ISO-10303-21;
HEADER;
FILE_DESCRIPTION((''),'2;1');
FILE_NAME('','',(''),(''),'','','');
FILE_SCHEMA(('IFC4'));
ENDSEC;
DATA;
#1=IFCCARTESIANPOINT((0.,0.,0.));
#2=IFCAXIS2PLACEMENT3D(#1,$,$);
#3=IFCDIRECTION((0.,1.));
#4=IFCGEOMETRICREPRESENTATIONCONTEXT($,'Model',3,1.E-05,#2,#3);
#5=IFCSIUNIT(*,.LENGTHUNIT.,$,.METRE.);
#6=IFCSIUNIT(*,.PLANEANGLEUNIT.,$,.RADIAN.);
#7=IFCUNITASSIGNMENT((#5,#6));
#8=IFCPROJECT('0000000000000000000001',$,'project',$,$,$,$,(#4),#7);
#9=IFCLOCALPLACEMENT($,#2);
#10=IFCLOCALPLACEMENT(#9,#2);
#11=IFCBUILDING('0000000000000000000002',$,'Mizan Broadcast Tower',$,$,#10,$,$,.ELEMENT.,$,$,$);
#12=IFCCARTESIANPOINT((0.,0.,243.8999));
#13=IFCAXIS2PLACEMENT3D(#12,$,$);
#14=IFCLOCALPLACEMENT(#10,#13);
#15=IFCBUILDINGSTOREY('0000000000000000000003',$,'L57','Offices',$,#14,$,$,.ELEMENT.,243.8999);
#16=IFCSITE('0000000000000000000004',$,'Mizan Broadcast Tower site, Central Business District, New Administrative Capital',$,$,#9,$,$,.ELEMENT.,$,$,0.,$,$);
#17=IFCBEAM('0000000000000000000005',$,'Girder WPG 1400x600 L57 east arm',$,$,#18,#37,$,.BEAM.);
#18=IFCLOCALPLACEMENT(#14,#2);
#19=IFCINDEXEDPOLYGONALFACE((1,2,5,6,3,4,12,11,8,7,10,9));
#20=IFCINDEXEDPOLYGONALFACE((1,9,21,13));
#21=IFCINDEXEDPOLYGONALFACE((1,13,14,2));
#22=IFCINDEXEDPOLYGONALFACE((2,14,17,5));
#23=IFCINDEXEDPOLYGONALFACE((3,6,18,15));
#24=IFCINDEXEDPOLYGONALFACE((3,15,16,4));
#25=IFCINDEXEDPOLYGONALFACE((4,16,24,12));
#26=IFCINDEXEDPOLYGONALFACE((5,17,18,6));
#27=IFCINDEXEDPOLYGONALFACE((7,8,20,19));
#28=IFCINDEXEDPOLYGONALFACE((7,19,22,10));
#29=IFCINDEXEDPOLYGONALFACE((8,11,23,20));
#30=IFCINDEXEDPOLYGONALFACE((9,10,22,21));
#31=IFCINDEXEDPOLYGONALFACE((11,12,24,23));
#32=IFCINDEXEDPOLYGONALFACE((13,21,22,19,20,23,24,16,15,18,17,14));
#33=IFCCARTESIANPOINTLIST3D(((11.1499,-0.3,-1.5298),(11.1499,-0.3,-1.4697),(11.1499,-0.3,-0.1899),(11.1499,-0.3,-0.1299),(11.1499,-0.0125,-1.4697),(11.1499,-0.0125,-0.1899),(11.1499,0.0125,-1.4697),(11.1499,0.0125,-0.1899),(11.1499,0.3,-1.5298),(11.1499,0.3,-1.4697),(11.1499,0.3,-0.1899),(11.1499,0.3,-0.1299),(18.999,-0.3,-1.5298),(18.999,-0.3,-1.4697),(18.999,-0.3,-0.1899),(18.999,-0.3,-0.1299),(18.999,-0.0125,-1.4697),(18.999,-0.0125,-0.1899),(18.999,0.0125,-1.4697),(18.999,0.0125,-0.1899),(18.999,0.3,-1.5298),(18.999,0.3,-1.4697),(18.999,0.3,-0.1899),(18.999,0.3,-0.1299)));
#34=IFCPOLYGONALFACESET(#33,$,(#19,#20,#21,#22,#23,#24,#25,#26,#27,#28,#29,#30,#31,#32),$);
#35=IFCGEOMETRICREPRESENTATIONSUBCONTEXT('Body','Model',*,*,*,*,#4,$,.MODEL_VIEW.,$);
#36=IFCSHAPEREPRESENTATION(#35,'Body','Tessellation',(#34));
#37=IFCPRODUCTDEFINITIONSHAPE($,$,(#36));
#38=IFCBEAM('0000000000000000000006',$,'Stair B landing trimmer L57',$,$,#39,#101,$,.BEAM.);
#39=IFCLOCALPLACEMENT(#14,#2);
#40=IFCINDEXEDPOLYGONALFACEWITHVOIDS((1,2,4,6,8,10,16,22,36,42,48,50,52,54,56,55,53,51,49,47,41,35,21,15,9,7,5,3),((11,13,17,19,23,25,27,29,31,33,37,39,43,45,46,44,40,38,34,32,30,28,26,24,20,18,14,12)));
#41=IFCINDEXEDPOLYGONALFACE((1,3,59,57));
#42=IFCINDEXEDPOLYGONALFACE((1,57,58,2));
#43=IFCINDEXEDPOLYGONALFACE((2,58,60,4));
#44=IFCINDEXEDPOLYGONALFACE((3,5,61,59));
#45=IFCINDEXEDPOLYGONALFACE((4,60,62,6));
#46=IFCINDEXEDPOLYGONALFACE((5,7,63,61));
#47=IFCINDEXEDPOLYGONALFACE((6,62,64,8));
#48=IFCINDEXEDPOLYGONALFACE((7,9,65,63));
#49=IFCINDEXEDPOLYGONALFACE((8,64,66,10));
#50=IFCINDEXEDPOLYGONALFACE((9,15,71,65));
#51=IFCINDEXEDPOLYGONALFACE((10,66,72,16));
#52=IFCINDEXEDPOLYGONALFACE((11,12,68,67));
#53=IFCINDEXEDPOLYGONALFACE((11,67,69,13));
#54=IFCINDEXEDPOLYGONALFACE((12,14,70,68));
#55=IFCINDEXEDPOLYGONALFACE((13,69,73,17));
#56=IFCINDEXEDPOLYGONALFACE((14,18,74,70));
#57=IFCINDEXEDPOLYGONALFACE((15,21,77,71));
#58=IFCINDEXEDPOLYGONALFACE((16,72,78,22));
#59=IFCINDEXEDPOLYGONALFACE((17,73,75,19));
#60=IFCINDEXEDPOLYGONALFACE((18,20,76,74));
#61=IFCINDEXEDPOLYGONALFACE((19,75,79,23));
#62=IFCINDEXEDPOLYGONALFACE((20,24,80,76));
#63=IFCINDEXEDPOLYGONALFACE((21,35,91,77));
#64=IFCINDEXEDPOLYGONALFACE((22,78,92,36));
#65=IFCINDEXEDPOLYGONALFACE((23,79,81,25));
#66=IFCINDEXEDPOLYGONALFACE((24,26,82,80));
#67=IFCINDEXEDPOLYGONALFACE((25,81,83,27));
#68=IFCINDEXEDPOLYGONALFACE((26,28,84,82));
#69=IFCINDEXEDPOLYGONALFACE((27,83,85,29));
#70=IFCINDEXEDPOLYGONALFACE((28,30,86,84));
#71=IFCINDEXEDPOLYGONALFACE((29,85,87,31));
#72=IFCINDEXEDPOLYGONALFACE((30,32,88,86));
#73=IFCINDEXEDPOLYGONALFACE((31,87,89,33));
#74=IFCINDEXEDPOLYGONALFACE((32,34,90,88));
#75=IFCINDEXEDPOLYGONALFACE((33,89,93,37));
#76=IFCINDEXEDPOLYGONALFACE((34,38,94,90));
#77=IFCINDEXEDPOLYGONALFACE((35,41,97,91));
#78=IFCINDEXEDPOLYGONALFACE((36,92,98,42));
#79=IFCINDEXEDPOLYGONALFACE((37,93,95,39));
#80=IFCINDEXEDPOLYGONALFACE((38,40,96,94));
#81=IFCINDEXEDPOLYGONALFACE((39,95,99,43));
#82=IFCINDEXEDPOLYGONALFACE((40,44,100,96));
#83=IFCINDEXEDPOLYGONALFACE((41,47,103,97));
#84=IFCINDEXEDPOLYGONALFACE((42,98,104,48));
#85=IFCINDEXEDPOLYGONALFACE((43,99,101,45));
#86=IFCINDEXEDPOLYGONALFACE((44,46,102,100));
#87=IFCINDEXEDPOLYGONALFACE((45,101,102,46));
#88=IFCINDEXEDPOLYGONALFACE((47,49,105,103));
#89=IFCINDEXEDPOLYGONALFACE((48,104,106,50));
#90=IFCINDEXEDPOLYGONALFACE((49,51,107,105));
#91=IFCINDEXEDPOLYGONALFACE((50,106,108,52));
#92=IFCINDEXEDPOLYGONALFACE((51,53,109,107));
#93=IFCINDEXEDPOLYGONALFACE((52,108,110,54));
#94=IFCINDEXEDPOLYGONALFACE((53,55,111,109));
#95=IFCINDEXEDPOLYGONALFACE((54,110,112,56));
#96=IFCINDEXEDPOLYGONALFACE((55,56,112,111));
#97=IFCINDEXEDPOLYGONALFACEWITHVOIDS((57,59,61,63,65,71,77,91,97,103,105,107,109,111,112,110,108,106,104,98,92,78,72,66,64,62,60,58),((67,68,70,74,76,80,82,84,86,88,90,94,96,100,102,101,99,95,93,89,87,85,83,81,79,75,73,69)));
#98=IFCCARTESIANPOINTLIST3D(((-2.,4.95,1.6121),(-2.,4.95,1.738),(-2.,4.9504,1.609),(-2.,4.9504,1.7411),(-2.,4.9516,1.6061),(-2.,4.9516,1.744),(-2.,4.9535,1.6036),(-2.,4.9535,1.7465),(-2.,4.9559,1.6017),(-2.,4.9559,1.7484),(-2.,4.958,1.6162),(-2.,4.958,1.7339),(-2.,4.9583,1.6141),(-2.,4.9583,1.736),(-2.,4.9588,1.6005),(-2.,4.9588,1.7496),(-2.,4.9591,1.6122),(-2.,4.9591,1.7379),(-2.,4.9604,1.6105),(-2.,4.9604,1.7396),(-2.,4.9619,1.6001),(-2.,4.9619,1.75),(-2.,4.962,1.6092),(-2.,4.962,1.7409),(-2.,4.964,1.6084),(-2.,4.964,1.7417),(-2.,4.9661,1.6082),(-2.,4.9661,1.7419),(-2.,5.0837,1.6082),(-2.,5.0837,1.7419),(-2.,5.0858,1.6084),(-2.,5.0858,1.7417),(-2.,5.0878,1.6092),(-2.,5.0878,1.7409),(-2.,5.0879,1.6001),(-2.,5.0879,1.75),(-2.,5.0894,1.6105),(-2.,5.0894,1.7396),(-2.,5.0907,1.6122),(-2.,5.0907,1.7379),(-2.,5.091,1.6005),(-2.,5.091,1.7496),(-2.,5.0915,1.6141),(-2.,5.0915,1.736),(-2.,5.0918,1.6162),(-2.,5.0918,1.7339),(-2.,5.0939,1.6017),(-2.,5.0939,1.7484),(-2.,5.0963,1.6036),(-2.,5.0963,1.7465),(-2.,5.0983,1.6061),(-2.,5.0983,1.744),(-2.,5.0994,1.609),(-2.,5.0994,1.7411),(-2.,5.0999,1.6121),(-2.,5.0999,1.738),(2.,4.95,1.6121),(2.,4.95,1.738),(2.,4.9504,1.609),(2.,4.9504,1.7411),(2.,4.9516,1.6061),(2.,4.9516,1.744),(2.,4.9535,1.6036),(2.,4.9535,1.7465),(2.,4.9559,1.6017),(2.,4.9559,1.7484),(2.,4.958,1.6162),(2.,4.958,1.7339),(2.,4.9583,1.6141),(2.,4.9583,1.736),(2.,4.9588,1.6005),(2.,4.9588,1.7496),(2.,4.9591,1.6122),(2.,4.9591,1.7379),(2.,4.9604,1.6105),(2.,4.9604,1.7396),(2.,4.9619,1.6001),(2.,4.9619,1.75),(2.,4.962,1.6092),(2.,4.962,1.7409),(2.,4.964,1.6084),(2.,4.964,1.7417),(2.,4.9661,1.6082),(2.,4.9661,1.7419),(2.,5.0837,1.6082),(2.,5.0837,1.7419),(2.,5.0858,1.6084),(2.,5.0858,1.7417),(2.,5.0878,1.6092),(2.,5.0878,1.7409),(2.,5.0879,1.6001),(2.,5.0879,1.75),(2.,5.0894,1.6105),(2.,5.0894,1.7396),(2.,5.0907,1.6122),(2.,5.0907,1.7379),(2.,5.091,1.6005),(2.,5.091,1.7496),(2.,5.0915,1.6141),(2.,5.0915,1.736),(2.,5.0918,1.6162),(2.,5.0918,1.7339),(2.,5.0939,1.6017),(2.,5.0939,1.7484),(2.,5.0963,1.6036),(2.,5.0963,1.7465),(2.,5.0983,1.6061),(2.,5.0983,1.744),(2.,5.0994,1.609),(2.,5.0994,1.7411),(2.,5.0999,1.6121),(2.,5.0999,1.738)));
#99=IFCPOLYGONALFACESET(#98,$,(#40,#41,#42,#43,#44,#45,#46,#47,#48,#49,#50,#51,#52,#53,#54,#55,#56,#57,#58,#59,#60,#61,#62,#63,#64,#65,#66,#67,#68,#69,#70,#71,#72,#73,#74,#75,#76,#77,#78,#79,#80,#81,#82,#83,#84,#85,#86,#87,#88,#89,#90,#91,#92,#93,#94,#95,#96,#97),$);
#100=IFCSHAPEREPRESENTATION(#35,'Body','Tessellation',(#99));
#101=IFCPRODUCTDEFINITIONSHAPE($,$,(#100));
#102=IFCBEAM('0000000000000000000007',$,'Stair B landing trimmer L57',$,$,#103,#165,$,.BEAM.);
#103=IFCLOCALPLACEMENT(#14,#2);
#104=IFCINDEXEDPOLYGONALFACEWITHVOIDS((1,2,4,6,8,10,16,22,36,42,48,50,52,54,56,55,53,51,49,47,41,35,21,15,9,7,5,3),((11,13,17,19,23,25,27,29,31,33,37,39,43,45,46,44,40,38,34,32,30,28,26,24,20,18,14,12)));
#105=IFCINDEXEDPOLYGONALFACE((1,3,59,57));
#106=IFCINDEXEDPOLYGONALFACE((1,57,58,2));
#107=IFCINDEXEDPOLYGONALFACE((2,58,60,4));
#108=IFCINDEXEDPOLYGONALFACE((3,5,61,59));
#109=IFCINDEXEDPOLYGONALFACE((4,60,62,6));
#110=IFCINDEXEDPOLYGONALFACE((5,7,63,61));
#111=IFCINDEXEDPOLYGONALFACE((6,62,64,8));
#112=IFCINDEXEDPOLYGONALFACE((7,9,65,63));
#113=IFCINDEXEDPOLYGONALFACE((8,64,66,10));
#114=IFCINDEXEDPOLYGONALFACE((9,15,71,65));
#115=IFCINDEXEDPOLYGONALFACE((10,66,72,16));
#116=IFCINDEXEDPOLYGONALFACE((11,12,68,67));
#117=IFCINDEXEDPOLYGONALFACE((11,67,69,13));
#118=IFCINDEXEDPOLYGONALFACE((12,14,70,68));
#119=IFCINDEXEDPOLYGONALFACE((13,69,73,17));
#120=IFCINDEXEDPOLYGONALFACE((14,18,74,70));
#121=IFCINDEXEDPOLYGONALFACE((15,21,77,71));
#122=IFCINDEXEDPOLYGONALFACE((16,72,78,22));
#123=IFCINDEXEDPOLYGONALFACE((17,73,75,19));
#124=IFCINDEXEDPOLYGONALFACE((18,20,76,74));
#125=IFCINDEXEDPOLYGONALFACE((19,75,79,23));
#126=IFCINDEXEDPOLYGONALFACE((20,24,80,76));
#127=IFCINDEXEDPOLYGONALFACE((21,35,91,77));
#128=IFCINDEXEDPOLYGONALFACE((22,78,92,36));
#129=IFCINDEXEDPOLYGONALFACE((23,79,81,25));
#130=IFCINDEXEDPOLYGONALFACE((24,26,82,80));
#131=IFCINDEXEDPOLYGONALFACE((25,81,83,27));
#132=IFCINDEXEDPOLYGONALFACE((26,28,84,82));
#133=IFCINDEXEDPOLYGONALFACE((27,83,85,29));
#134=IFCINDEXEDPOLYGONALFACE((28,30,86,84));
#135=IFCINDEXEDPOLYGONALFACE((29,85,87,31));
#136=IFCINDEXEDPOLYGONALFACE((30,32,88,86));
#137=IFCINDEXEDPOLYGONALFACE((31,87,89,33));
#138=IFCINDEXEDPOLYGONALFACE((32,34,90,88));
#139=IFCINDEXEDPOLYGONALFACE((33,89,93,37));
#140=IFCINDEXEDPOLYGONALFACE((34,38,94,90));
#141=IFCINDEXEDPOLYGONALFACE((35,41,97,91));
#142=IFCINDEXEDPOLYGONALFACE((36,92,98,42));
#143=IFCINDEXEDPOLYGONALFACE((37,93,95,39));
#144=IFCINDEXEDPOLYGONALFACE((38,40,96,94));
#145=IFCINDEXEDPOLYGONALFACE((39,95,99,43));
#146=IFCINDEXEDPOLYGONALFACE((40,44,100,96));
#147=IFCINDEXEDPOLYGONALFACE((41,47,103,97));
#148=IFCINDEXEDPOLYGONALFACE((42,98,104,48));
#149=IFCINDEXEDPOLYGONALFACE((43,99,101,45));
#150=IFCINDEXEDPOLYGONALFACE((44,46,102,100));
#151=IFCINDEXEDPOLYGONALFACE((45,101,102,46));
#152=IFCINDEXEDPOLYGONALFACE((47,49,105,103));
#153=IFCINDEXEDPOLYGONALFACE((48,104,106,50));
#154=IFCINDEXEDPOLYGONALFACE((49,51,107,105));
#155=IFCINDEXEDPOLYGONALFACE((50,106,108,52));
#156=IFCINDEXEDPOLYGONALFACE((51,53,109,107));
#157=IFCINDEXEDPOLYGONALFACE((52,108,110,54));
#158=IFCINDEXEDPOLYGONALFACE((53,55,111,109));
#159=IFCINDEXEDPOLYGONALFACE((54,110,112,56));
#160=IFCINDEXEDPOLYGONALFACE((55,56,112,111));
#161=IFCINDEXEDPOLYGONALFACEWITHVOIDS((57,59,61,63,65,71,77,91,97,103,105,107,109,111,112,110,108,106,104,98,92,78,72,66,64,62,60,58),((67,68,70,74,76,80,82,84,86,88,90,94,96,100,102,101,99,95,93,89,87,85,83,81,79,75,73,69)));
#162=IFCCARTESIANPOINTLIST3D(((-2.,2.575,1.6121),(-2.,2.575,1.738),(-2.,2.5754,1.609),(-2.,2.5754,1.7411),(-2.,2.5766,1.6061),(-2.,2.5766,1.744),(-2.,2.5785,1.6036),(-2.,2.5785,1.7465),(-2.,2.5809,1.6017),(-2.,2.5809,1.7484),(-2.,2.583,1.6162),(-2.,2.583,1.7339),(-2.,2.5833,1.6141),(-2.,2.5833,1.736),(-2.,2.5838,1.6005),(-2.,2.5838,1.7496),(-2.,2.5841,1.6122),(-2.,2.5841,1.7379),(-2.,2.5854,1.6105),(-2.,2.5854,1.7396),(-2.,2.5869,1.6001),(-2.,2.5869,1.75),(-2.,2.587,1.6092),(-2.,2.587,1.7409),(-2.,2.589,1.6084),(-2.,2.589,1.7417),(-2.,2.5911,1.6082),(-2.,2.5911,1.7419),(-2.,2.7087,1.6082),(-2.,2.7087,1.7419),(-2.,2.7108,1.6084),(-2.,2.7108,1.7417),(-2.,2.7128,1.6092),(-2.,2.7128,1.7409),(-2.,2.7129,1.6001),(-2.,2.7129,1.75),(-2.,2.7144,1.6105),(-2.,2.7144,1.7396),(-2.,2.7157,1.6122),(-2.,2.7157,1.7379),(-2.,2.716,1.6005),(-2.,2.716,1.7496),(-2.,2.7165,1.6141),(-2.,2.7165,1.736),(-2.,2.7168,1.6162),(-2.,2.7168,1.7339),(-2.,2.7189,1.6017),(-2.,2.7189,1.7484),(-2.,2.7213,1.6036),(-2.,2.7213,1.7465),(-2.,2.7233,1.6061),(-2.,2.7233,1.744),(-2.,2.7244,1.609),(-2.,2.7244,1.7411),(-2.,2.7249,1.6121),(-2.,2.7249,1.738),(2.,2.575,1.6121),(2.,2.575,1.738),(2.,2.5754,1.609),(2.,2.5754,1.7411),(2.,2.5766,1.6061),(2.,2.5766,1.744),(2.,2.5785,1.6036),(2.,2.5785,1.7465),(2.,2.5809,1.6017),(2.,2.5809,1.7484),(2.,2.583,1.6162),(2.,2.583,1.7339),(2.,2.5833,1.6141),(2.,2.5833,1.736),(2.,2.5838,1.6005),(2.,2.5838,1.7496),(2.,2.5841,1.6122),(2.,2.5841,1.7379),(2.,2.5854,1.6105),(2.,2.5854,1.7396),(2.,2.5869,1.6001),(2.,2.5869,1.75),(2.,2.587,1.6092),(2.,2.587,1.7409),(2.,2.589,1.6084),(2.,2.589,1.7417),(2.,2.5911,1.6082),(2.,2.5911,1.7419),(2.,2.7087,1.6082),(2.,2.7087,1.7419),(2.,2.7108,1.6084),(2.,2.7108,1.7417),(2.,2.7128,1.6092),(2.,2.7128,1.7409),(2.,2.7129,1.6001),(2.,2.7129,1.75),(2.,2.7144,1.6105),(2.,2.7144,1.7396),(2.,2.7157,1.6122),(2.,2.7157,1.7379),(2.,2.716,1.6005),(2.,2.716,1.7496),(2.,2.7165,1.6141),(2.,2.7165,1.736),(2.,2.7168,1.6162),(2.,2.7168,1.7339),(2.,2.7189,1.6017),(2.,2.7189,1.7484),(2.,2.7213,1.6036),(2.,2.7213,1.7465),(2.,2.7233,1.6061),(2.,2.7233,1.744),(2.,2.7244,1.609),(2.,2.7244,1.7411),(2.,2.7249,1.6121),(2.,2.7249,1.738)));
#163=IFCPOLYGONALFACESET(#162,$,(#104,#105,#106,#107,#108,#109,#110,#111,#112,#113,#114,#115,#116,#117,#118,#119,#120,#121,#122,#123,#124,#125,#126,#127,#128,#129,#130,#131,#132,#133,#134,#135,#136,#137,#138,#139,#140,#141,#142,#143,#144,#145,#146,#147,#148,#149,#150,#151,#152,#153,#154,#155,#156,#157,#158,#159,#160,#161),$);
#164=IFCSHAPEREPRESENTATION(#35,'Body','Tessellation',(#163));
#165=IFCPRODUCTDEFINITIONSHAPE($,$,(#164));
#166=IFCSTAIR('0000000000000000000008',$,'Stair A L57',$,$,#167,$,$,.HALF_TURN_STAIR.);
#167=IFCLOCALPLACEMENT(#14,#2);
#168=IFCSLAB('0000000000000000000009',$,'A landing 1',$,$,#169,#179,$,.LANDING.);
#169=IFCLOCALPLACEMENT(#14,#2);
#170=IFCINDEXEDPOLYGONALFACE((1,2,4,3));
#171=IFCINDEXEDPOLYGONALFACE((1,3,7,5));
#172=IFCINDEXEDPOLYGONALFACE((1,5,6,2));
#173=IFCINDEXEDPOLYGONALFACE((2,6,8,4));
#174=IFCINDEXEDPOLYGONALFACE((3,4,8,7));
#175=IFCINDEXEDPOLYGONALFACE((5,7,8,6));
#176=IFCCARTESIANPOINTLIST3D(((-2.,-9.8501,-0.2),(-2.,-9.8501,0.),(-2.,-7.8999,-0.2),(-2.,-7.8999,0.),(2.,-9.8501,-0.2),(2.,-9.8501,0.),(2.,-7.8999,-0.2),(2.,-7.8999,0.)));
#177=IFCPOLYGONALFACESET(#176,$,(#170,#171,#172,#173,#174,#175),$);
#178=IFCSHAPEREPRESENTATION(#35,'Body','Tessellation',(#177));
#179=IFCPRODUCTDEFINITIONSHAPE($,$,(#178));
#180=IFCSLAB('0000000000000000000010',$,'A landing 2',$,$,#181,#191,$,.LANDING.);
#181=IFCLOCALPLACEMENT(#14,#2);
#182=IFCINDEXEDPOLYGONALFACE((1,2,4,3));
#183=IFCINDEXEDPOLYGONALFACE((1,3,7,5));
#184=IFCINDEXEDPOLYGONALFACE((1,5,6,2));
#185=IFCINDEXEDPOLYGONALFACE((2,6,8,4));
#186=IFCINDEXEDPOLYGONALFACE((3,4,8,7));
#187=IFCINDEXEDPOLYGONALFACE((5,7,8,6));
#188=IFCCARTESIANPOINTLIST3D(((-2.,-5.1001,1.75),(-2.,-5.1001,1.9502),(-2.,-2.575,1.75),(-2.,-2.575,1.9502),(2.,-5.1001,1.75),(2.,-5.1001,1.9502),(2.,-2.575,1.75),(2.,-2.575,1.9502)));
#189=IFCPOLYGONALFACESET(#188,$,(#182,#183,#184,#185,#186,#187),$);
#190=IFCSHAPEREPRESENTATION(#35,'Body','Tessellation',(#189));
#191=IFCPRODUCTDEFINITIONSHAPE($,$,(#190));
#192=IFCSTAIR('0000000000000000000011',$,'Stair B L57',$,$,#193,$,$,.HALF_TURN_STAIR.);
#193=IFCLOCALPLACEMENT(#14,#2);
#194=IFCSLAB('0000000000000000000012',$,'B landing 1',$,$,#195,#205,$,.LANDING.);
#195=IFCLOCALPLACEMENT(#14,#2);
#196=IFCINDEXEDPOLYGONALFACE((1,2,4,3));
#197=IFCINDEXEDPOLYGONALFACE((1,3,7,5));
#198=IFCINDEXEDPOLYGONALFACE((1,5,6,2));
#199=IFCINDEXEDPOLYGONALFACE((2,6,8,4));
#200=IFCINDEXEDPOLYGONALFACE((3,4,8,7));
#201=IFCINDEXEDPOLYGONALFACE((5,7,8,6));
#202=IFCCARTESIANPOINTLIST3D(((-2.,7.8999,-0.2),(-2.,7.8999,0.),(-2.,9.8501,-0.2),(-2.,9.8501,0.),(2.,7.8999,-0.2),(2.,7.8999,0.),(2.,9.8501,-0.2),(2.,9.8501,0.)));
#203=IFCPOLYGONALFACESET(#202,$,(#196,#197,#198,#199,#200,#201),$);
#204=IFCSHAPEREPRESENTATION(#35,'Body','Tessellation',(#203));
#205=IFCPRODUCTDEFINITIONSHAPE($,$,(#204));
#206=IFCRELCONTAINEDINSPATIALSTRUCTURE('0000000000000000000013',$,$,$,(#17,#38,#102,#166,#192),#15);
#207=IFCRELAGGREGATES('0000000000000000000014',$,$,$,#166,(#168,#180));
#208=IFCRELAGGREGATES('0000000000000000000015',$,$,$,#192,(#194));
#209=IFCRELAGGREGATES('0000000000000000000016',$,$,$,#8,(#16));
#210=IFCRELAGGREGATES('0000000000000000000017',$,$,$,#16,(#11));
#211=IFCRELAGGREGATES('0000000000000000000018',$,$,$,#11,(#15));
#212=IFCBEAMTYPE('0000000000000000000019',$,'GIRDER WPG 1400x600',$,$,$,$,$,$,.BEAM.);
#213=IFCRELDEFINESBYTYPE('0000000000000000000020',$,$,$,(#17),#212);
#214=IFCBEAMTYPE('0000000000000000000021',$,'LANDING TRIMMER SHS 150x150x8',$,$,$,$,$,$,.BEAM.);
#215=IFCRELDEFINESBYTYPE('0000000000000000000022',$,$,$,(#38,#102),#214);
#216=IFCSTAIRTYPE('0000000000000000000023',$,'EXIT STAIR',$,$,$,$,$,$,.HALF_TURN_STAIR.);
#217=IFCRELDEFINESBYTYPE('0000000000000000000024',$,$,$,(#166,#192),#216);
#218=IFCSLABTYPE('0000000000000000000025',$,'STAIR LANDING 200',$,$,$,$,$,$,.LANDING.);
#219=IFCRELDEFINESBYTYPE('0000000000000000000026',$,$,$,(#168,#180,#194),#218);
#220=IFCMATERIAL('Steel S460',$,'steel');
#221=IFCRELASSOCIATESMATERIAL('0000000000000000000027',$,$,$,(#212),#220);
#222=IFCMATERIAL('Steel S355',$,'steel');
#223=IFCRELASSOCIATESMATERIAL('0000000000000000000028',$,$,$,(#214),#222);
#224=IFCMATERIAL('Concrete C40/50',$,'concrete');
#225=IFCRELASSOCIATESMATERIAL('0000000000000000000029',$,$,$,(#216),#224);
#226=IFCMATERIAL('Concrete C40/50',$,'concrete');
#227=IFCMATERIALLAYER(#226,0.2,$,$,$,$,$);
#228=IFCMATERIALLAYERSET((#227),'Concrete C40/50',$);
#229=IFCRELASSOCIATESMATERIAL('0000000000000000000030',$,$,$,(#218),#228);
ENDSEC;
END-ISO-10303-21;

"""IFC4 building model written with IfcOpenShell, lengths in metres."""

from ifc_helpers import new_model, si_unit, direction, frame, origin, origin_2d, place, context, subcontext, project, spatial, polyline, hollow_rectangle, i_section, outline, extrude, material, layer, layer_set, material_profile, profile_set, type_object, element, aggregate, save


model = new_model("IFC4")

# Units and contexts
model_context = context("Model", 3, precision=1e-05, world=origin(), true_north=direction((0.0, 1.0)))
body_context = subcontext(model_context, "Body", "Model", "MODEL_VIEW")
ifc_project = project(units=[si_unit("LENGTHUNIT", "METRE"), si_unit("PLANEANGLEUNIT", "RADIAN")], contexts=[model_context])

# Site, building, storey
site_placement = place(None, origin())
site = spatial("IfcSite", under=ifc_project, at=site_placement, Name="Mizan Broadcast Tower site, Central Business District, New Administrative Capital", CompositionType="ELEMENT", RefElevation=0.0)
building_placement = place(site_placement, origin())
building = spatial("IfcBuilding", under=site, at=building_placement, Name="Mizan Broadcast Tower", CompositionType="ELEMENT")
storey_placement = place(building_placement, frame((0.0, 0.0, 243.8999)))
storey = spatial("IfcBuildingStorey", under=building, at=storey_placement, Name="L57", Description="Offices", CompositionType="ELEMENT", Elevation=243.8999)

# Beams
ifc_material_1 = material(Name="Steel S460", Category="steel")
ifc_material_profile_1 = material_profile(ifc_material_1, i_section(OverallWidth=0.6001, OverallDepth=1.3999, WebThickness=0.0249, FlangeThickness=0.0601, at=origin_2d()), Name="WPG 1400x600")
ifc_profile_set_1 = profile_set([ifc_material_profile_1], Name="Steel S460")
beam_type_1 = type_object("IfcBeamType", Name="GIRDER WPG 1400x600", PredefinedType="BEAM", material=ifc_profile_set_1)
beam_placement = place(storey_placement, frame((11.1499, 0.0, -0.8298), z_axis=(1.0, 0.0, 0.0), x_axis=(0.0, 1.0, 0.0)))
element("IfcBeam", 1, at=beam_placement, inside=storey, type_object=beam_type_1, Name="Girder WPG 1400x600 L57 east arm", PredefinedType="BEAM", context=body_context, shape_type="SweptSolid", body=[
    extrude(i_section(OverallWidth=0.6001, OverallDepth=1.3999, WebThickness=0.0249, FlangeThickness=0.0601, at=origin_2d()), origin(), (0.0, 0.0, 1.0), 7.8491),
])
ifc_material_2 = material(Name="Steel S355", Category="steel")
ifc_material_profile_2 = material_profile(ifc_material_2, hollow_rectangle(XDim=0.1499, YDim=0.1499, WallThickness=0.0081, InnerFilletRadius=0.0081, OuterFilletRadius=0.012, at=origin_2d()), Name="SHS 150x150x8")
ifc_profile_set_2 = profile_set([ifc_material_profile_2], Name="Steel S355")
beam_type_2 = type_object("IfcBeamType", Name="LANDING TRIMMER SHS 150x150x8", PredefinedType="BEAM", material=ifc_profile_set_2)
for number, where, z_axis, x_axis, name in (
    (2, (2.0, 5.0249, 1.675), (-1.0, 0.0, 0.0), (0.0, -1.0, 0.0), "Stair B landing trimmer L57"),
    (3, (2.0, 2.6499, 1.675), (-1.0, 0.0, 0.0), (0.0, -1.0, 0.0), "Stair B landing trimmer L57"),
):
    element("IfcBeam", number, at=place(storey_placement, frame(where, z_axis=z_axis, x_axis=x_axis)), inside=storey, type_object=beam_type_2, Name=name, PredefinedType="BEAM", context=body_context, shape_type="SweptSolid", body=[
        extrude(hollow_rectangle(XDim=0.1499, YDim=0.1499, WallThickness=0.0081, InnerFilletRadius=0.0081, OuterFilletRadius=0.012, at=origin_2d()), origin(), (0.0, 0.0, 1.0), 4.0),
    ])

# Stairs, slabs
ifc_material_3 = material(Name="Concrete C40/50", Category="concrete")
stair_type = type_object("IfcStairType", Name="EXIT STAIR", PredefinedType="HALF_TURN_STAIR", material=ifc_material_3)
stair_1_placement = place(storey_placement, origin())
stair_1 = element("IfcStair", 4, at=stair_1_placement, inside=storey, type_object=stair_type, Name="Stair A L57", PredefinedType="HALF_TURN_STAIR")
ifc_material_4 = material(Name="Concrete C40/50", Category="concrete")
ifc_layer_1 = layer(ifc_material_4, 0.2)
ifc_layer_set_1 = layer_set([ifc_layer_1], Name="Concrete C40/50")
slab_type = type_object("IfcSlabType", Name="STAIR LANDING 200", PredefinedType="LANDING", material=ifc_layer_set_1)
slab_1_placement = place(storey_placement, frame((0.0, 0.0, -0.2)))
slab_1 = element("IfcSlab", 5, at=slab_1_placement, type_object=slab_type, Name="A landing 1", PredefinedType="LANDING", context=body_context, shape_type="SweptSolid", body=[
    extrude(outline(polyline([(-2.0, -9.8501), (-2.0, -7.8999), (2.0, -7.8999), (2.0, -9.8501), (-2.0, -9.8501)])), origin(), (0.0, 0.0, 1.0), 0.2),
])
slab_2_placement = place(storey_placement, frame((0.0, 0.0, 1.75)))
slab_2 = element("IfcSlab", 6, at=slab_2_placement, type_object=slab_type, Name="A landing 2", PredefinedType="LANDING", context=body_context, shape_type="SweptSolid", body=[
    extrude(outline(polyline([(-2.0, -5.1001), (-2.0, -2.575), (2.0, -2.575), (2.0, -5.1001), (-2.0, -5.1001)])), origin(), (0.0, 0.0, 1.0), 0.2002),
])
aggregate(stair_1, [slab_1, slab_2])
stair_2_placement = place(storey_placement, origin())
stair_2 = element("IfcStair", 7, at=stair_2_placement, inside=storey, type_object=stair_type, Name="Stair B L57", PredefinedType="HALF_TURN_STAIR")
slab_3_placement = place(storey_placement, frame((0.0, 0.0, -0.2)))
slab_3 = element("IfcSlab", 8, at=slab_3_placement, type_object=slab_type, Name="B landing 1", PredefinedType="LANDING", context=body_context, shape_type="SweptSolid", body=[
    extrude(outline(polyline([(2.0, 9.8501), (2.0, 7.8999), (-2.0, 7.8999), (-2.0, 9.8501), (2.0, 9.8501)])), origin(), (0.0, 0.0, 1.0), 0.2),
])
aggregate(stair_2, [slab_3])

save(model, "model.ifc")
